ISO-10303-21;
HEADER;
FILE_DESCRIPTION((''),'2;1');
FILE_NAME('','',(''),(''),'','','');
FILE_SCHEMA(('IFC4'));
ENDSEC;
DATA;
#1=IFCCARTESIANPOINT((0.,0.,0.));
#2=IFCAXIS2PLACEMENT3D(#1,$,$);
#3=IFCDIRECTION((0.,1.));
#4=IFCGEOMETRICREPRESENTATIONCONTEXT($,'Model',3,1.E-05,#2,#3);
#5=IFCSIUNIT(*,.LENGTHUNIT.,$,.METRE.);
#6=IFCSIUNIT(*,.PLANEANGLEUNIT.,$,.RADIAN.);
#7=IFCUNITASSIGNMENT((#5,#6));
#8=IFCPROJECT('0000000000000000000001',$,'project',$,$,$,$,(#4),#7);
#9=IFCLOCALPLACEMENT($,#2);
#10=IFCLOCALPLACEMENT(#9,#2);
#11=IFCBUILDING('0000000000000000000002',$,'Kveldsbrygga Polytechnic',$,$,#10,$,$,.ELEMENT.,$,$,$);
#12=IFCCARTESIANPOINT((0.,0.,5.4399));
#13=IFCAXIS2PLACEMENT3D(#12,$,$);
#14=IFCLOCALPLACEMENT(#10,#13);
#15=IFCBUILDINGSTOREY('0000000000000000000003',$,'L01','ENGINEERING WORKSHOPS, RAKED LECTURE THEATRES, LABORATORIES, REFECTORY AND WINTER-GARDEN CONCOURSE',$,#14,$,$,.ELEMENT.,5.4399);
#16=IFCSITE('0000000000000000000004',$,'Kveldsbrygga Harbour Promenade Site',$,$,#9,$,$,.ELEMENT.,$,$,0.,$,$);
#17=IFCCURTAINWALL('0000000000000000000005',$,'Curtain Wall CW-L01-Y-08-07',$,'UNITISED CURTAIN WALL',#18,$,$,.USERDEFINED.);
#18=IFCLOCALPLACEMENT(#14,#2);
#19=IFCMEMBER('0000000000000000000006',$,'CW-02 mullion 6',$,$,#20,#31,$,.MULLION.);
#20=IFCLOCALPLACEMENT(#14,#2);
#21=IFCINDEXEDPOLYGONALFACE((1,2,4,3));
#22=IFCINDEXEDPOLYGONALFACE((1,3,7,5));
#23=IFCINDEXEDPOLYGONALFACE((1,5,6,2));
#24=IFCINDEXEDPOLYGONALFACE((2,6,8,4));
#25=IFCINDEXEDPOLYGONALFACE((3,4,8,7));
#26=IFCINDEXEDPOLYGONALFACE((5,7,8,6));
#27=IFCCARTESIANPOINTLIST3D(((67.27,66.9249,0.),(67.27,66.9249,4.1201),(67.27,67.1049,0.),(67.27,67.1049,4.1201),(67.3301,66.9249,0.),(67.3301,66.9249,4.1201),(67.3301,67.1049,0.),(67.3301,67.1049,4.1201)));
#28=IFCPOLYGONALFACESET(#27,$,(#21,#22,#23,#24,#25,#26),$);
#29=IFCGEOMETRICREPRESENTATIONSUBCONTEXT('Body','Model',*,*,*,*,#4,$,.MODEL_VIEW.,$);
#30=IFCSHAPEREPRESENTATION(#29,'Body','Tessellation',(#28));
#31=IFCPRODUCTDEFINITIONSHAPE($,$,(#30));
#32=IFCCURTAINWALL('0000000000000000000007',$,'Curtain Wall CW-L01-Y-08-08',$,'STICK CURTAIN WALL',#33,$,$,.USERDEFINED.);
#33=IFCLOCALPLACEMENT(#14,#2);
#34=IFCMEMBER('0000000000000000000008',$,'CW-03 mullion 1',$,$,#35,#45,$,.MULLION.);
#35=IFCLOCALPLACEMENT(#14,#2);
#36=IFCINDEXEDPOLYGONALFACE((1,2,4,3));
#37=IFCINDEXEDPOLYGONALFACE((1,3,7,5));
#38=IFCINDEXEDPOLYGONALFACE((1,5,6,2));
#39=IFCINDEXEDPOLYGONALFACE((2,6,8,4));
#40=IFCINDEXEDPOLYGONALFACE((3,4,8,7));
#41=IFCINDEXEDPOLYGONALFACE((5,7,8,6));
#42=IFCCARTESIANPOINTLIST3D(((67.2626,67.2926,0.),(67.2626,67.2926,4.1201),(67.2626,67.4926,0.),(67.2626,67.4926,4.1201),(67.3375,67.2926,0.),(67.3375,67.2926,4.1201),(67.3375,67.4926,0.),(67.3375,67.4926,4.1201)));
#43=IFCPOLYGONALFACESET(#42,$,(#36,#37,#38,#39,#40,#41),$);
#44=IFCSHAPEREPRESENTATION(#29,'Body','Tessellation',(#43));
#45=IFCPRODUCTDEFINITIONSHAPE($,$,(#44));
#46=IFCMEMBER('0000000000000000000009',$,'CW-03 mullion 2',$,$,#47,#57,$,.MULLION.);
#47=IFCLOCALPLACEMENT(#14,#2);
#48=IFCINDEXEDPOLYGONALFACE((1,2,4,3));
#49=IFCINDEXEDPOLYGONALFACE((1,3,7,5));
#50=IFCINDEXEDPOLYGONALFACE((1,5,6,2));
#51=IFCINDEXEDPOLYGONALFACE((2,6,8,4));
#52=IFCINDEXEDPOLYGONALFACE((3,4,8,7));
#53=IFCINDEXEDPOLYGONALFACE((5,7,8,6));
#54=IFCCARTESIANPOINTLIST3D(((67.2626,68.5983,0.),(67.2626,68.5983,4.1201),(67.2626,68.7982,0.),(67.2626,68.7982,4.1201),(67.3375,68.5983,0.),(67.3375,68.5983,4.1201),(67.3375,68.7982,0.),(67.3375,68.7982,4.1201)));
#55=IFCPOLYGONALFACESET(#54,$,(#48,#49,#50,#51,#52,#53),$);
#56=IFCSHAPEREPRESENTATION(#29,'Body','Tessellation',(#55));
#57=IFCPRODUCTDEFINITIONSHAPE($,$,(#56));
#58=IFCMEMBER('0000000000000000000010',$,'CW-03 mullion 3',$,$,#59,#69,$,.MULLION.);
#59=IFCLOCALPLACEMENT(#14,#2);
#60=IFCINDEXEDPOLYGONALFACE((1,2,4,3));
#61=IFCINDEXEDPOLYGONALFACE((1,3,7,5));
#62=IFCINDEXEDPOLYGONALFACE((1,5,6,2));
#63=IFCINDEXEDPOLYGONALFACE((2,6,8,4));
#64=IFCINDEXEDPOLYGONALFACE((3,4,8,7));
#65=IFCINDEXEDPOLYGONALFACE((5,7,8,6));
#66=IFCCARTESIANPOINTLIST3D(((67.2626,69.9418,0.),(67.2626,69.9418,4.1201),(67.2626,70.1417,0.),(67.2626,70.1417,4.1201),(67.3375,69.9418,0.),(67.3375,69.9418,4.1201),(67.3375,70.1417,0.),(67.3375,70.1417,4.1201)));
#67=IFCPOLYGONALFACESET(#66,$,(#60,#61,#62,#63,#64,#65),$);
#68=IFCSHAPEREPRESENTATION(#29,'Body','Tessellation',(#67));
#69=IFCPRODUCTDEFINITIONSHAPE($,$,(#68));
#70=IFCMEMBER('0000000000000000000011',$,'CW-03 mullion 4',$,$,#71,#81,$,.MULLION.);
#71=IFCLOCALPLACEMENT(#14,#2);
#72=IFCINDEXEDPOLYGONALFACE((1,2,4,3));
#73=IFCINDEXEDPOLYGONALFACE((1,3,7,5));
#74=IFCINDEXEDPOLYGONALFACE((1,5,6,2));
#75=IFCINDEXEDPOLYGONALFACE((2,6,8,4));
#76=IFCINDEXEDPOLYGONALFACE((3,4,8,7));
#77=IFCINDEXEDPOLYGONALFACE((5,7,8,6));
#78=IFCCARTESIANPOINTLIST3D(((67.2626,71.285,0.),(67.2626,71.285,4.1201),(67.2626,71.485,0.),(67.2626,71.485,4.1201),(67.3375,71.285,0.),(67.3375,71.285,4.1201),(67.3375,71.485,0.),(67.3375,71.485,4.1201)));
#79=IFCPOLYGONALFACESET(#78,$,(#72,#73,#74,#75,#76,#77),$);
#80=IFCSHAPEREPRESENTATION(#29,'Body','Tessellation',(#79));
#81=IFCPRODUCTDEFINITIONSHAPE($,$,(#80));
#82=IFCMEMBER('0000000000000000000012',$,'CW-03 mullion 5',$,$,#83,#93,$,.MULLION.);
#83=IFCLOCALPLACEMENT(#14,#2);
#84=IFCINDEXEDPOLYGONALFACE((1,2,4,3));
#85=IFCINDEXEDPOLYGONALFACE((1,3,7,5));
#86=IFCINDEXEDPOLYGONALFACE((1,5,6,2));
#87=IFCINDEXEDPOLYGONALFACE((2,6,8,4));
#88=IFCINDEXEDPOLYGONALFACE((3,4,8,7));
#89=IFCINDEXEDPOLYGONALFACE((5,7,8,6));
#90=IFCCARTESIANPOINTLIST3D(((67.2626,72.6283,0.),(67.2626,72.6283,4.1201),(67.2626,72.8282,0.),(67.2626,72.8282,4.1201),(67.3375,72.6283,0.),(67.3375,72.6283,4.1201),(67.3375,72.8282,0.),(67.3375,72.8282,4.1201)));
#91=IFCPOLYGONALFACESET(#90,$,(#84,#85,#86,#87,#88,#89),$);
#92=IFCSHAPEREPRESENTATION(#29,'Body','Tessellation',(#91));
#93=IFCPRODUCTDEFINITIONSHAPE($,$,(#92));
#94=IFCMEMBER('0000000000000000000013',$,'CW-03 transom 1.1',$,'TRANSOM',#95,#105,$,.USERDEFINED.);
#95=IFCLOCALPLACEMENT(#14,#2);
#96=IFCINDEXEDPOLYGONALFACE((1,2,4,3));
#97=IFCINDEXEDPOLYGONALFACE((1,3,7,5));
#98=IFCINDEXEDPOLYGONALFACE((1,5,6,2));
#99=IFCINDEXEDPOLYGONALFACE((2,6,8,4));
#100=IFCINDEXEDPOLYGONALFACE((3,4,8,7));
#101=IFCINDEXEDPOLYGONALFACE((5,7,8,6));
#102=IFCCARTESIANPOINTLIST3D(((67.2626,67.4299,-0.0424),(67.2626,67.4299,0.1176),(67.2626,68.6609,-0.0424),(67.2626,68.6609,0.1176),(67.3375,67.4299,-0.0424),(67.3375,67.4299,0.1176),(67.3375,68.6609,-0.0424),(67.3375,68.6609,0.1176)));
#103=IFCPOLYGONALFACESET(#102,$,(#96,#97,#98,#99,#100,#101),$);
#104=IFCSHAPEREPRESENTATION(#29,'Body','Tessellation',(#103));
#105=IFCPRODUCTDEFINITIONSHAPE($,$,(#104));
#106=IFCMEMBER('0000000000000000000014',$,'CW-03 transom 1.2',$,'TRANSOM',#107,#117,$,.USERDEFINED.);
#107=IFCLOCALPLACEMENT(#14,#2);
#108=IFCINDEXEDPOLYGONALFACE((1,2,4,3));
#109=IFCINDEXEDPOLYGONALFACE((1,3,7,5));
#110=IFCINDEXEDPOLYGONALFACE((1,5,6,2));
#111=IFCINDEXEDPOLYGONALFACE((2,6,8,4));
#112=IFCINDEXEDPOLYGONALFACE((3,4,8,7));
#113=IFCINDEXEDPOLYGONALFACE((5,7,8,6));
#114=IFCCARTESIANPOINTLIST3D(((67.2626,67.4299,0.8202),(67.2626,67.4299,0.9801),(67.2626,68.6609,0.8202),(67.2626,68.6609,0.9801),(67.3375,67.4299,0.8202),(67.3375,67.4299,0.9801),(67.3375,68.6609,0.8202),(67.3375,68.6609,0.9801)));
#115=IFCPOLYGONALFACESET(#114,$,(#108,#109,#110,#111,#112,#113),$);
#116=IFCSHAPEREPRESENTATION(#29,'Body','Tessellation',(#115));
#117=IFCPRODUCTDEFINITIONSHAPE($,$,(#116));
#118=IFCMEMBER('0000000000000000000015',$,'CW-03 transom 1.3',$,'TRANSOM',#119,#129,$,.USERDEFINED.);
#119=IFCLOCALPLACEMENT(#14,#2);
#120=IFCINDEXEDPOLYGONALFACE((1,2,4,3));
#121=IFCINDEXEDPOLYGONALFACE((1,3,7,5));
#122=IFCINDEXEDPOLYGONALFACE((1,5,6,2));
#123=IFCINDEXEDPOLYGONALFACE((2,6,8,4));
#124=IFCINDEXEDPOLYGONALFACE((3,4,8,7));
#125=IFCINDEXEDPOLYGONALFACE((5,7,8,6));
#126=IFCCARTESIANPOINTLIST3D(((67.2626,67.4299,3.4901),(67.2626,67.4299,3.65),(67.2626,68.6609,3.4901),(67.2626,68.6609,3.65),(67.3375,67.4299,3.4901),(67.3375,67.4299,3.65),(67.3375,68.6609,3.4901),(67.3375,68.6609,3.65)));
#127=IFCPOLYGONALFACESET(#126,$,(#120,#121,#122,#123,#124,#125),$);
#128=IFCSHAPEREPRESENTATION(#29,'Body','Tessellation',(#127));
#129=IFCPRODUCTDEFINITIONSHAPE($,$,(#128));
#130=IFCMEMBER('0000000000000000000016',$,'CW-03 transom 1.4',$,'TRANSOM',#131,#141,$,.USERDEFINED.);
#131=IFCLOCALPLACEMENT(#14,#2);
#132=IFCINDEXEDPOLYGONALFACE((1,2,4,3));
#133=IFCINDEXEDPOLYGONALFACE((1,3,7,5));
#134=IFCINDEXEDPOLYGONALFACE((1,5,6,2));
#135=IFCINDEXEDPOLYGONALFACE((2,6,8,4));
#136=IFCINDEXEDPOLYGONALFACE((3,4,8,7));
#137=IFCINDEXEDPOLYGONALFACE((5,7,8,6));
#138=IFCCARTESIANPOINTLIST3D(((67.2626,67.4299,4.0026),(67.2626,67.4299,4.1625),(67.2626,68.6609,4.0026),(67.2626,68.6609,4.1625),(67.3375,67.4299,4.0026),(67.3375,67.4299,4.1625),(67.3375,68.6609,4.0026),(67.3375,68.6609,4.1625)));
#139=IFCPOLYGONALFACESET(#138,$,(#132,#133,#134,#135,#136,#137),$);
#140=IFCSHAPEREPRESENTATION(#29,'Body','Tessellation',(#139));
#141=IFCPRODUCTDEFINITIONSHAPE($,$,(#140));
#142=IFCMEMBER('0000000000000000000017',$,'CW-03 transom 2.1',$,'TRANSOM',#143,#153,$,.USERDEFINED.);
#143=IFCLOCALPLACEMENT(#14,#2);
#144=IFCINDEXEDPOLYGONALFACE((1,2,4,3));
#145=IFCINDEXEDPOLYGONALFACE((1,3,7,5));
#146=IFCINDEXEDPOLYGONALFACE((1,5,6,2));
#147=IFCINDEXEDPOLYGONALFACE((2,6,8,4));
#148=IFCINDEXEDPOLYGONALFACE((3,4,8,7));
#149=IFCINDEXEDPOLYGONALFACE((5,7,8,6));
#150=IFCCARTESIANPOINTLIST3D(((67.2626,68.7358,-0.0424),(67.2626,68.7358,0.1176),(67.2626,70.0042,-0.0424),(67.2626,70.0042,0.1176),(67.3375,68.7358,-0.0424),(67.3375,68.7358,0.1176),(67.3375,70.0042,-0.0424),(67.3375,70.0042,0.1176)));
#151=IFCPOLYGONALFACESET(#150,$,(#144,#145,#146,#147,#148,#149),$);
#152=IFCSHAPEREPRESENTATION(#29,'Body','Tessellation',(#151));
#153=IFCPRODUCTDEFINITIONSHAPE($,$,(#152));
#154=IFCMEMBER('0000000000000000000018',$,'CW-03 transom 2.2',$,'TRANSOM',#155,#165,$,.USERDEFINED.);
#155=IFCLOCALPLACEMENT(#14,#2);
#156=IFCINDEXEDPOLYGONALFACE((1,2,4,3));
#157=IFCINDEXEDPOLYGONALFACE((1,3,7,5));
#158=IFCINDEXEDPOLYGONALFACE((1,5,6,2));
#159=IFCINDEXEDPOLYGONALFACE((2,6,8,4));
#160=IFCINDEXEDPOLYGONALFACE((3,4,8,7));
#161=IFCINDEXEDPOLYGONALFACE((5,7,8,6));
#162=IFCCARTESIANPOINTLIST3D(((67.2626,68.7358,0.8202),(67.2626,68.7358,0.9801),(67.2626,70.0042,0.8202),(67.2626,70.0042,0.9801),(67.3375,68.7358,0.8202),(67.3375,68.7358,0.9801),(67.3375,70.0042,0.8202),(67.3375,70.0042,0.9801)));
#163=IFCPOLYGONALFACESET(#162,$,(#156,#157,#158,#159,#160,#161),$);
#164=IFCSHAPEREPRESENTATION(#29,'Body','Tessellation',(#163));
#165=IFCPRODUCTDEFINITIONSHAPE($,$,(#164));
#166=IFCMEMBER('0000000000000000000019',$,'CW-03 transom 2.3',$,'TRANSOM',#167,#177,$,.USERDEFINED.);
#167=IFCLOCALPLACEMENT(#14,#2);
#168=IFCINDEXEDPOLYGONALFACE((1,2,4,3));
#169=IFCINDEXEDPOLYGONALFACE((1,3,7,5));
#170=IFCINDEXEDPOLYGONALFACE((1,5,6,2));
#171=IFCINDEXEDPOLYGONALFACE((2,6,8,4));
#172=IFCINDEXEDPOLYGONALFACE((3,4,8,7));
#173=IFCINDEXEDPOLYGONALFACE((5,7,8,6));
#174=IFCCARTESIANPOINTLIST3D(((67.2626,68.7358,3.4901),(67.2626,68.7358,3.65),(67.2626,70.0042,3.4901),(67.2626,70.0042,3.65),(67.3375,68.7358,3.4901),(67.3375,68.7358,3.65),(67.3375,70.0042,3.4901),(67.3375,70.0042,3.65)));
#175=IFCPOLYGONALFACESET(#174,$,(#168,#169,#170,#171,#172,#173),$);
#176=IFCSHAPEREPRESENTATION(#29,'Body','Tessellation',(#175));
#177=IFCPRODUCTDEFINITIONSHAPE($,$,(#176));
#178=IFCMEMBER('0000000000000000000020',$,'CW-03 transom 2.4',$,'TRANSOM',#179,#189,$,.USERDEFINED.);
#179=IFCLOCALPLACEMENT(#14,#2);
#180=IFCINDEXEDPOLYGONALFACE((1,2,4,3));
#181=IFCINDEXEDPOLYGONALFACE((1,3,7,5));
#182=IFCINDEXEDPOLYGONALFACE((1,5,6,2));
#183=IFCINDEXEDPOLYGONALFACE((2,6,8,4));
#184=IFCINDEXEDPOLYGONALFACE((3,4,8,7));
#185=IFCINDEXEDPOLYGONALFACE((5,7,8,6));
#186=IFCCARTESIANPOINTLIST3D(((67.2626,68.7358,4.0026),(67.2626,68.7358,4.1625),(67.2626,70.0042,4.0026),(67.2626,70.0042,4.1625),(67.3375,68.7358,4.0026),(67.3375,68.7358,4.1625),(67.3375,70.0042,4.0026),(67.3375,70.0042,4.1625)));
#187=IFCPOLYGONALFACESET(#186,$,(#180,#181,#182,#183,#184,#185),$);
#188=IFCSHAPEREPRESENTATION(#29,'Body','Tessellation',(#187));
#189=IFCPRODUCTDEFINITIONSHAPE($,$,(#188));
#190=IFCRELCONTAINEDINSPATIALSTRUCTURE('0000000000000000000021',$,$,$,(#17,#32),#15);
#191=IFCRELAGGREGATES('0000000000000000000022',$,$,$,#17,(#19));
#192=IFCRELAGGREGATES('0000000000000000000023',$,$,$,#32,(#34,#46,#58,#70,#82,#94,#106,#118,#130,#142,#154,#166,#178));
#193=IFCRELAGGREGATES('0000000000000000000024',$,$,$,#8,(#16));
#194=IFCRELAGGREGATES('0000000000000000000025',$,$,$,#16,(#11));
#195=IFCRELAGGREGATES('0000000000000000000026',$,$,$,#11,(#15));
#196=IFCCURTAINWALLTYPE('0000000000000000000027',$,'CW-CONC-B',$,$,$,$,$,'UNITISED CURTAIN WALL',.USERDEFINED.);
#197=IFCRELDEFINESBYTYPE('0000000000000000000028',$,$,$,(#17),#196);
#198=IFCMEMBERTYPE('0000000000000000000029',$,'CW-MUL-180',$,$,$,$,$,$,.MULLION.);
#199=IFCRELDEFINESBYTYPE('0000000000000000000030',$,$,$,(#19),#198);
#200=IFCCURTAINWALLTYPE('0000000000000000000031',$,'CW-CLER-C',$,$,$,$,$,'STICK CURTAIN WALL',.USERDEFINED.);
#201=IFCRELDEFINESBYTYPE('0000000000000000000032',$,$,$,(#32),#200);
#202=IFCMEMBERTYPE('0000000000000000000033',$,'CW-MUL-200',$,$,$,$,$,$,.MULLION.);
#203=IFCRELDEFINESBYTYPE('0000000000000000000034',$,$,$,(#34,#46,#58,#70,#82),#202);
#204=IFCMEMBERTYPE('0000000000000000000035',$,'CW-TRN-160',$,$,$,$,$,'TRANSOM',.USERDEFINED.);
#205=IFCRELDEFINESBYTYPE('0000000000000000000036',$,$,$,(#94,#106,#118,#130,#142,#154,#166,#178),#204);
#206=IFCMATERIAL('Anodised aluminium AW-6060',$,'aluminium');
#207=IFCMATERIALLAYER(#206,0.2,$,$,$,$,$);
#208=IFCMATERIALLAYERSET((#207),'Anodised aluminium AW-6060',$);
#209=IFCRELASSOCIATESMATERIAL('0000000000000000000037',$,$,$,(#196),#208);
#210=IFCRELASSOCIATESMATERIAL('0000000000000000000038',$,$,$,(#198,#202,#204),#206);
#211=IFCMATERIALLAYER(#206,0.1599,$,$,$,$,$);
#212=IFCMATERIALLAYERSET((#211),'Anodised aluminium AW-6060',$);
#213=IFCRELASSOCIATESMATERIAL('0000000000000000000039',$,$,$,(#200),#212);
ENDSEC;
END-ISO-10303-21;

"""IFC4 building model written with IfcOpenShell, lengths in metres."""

from ifc_helpers import new_model, si_unit, direction, frame, origin, origin_2d, place, context, subcontext, project, spatial, rectangle, extrude, material, layer, layer_set, material_profile, profile_set, type_object, element, aggregate, save


model = new_model("IFC4")

# Units and contexts
model_context = context("Model", 3, precision=1e-05, world=origin(), true_north=direction((0.0, 1.0)))
body_context = subcontext(model_context, "Body", "Model", "MODEL_VIEW")
ifc_project = project(units=[si_unit("LENGTHUNIT", "METRE"), si_unit("PLANEANGLEUNIT", "RADIAN")], contexts=[model_context])

# Site, building, storey
site_placement = place(None, origin())
site = spatial("IfcSite", under=ifc_project, at=site_placement, Name="Kveldsbrygga Harbour Promenade Site", CompositionType="ELEMENT", RefElevation=0.0)
building_placement = place(site_placement, origin())
building = spatial("IfcBuilding", under=site, at=building_placement, Name="Kveldsbrygga Polytechnic", CompositionType="ELEMENT")
storey_placement = place(building_placement, frame((0.0, 0.0, 5.4399)))
storey = spatial("IfcBuildingStorey", under=building, at=storey_placement, Name="L01", Description="ENGINEERING WORKSHOPS, RAKED LECTURE THEATRES, LABORATORIES, REFECTORY AND WINTER-GARDEN CONCOURSE", CompositionType="ELEMENT", Elevation=5.4399)

# Curtain wall, member
ifc_material_1 = material(Name="Anodised aluminium AW-6060", Category="aluminium")
ifc_layer_1 = layer(ifc_material_1, 0.2)
ifc_layer_set_1 = layer_set([ifc_layer_1], Name="Anodised aluminium AW-6060")
curtain_wall_type_1 = type_object("IfcCurtainWallType", Name="CW-CONC-B", ElementType="UNITISED CURTAIN WALL", PredefinedType="USERDEFINED", material=ifc_layer_set_1)
curtain_wall_1_placement = place(storey_placement, origin())
curtain_wall_1 = element("IfcCurtainWall", 1, at=curtain_wall_1_placement, inside=storey, type_object=curtain_wall_type_1, Name="Curtain Wall CW-L01-Y-08-07", ObjectType="UNITISED CURTAIN WALL", PredefinedType="USERDEFINED")
ifc_material_profile_1 = material_profile(ifc_material_1, rectangle(XDim=0.0601, YDim=0.1799, at=origin_2d()), Name="ALU 60x180")
ifc_profile_set_1 = profile_set([ifc_material_profile_1], Name="Anodised aluminium AW-6060")
member_type_1 = type_object("IfcMemberType", Name="CW-MUL-180", PredefinedType="MULLION", material=ifc_profile_set_1)
member_1_placement = place(storey_placement, frame((67.3, 67.0149, 0.0), z_axis=(0.0, 0.0, 1.0), x_axis=(-1.0, 0.0, 0.0)))
member_1 = element("IfcMember", 2, at=member_1_placement, type_object=member_type_1, Name="CW-02 mullion 6", PredefinedType="MULLION", context=body_context, shape_type="SweptSolid", body=[
    extrude(rectangle(XDim=0.0601, YDim=0.1799, at=origin_2d()), origin(), (0.0, 0.0, 1.0), 4.1201),
])

# Curtain wall, members
ifc_layer_2 = layer(ifc_material_1, 0.1599)
ifc_layer_set_2 = layer_set([ifc_layer_2], Name="Anodised aluminium AW-6060")
curtain_wall_type_2 = type_object("IfcCurtainWallType", Name="CW-CLER-C", ElementType="STICK CURTAIN WALL", PredefinedType="USERDEFINED", material=ifc_layer_set_2)
curtain_wall_2_placement = place(storey_placement, origin())
curtain_wall_2 = element("IfcCurtainWall", 3, at=curtain_wall_2_placement, inside=storey, type_object=curtain_wall_type_2, Name="Curtain Wall CW-L01-Y-08-08", ObjectType="STICK CURTAIN WALL", PredefinedType="USERDEFINED")
ifc_material_profile_2 = material_profile(ifc_material_1, rectangle(XDim=0.075, YDim=0.2, at=origin_2d()), Name="ALU 75x200")
ifc_profile_set_2 = profile_set([ifc_material_profile_2], Name="Anodised aluminium AW-6060")
member_type_2 = type_object("IfcMemberType", Name="CW-MUL-200", PredefinedType="MULLION", material=ifc_profile_set_2)
member_2_placement = place(storey_placement, frame((67.3, 67.3926, 0.0), z_axis=(0.0, 0.0, 1.0), x_axis=(-1.0, 0.0, 0.0)))
member_2 = element("IfcMember", 4, at=member_2_placement, type_object=member_type_2, Name="CW-03 mullion 1", PredefinedType="MULLION", context=body_context, shape_type="SweptSolid", body=[
    extrude(rectangle(XDim=0.075, YDim=0.2, at=origin_2d()), origin(), (0.0, 0.0, 1.0), 4.1201),
])
member_3_placement = place(storey_placement, frame((67.3, 68.6982, 0.0), z_axis=(0.0, 0.0, 1.0), x_axis=(-1.0, 0.0, 0.0)))
member_3 = element("IfcMember", 5, at=member_3_placement, type_object=member_type_2, Name="CW-03 mullion 2", PredefinedType="MULLION", context=body_context, shape_type="SweptSolid", body=[
    extrude(rectangle(XDim=0.075, YDim=0.2, at=origin_2d()), origin(), (0.0, 0.0, 1.0), 4.1201),
])
member_4_placement = place(storey_placement, frame((67.3, 70.0417, 0.0), z_axis=(0.0, 0.0, 1.0), x_axis=(-1.0, 0.0, 0.0)))
member_4 = element("IfcMember", 6, at=member_4_placement, type_object=member_type_2, Name="CW-03 mullion 3", PredefinedType="MULLION", context=body_context, shape_type="SweptSolid", body=[
    extrude(rectangle(XDim=0.075, YDim=0.2, at=origin_2d()), origin(), (0.0, 0.0, 1.0), 4.1201),
])
member_5_placement = place(storey_placement, frame((67.3, 71.385, 0.0), z_axis=(0.0, 0.0, 1.0), x_axis=(-1.0, 0.0, 0.0)))
member_5 = element("IfcMember", 7, at=member_5_placement, type_object=member_type_2, Name="CW-03 mullion 4", PredefinedType="MULLION", context=body_context, shape_type="SweptSolid", body=[
    extrude(rectangle(XDim=0.075, YDim=0.2, at=origin_2d()), origin(), (0.0, 0.0, 1.0), 4.1201),
])
member_6_placement = place(storey_placement, frame((67.3, 72.7283, 0.0), z_axis=(0.0, 0.0, 1.0), x_axis=(-1.0, 0.0, 0.0)))
member_6 = element("IfcMember", 8, at=member_6_placement, type_object=member_type_2, Name="CW-03 mullion 5", PredefinedType="MULLION", context=body_context, shape_type="SweptSolid", body=[
    extrude(rectangle(XDim=0.075, YDim=0.2, at=origin_2d()), origin(), (0.0, 0.0, 1.0), 4.1201),
])
ifc_material_profile_3 = material_profile(ifc_material_1, rectangle(XDim=0.075, YDim=0.1599, at=origin_2d()), Name="ALU 75x160")
ifc_profile_set_3 = profile_set([ifc_material_profile_3], Name="Anodised aluminium AW-6060")
member_type_3 = type_object("IfcMemberType", Name="CW-TRN-160", ElementType="TRANSOM", PredefinedType="USERDEFINED", material=ifc_profile_set_3)
member_7_placement = place(storey_placement, frame((67.3, 67.4299, 0.0376), z_axis=(0.0, 1.0, 0.0), x_axis=(-1.0, 0.0, 0.0)))
member_7 = element("IfcMember", 9, at=member_7_placement, type_object=member_type_3, Name="CW-03 transom 1.1", ObjectType="TRANSOM", PredefinedType="USERDEFINED", context=body_context, shape_type="SweptSolid", body=[
    extrude(rectangle(XDim=0.075, YDim=0.1599, at=origin_2d()), origin(), (0.0, 0.0, 1.0), 1.231),
])
member_8_placement = place(storey_placement, frame((67.3, 67.4299, 0.9001), z_axis=(0.0, 1.0, 0.0), x_axis=(-1.0, 0.0, 0.0)))
member_8 = element("IfcMember", 10, at=member_8_placement, type_object=member_type_3, Name="CW-03 transom 1.2", ObjectType="TRANSOM", PredefinedType="USERDEFINED", context=body_context, shape_type="SweptSolid", body=[
    extrude(rectangle(XDim=0.075, YDim=0.1599, at=origin_2d()), origin(), (0.0, 0.0, 1.0), 1.231),
])
member_9_placement = place(storey_placement, frame((67.3, 67.4299, 3.5701), z_axis=(0.0, 1.0, 0.0), x_axis=(-1.0, 0.0, 0.0)))
member_9 = element("IfcMember", 11, at=member_9_placement, type_object=member_type_3, Name="CW-03 transom 1.3", ObjectType="TRANSOM", PredefinedType="USERDEFINED", context=body_context, shape_type="SweptSolid", body=[
    extrude(rectangle(XDim=0.075, YDim=0.1599, at=origin_2d()), origin(), (0.0, 0.0, 1.0), 1.231),
])
member_10_placement = place(storey_placement, frame((67.3, 67.4299, 4.0825), z_axis=(0.0, 1.0, 0.0), x_axis=(-1.0, 0.0, 0.0)))
member_10 = element("IfcMember", 12, at=member_10_placement, type_object=member_type_3, Name="CW-03 transom 1.4", ObjectType="TRANSOM", PredefinedType="USERDEFINED", context=body_context, shape_type="SweptSolid", body=[
    extrude(rectangle(XDim=0.075, YDim=0.1599, at=origin_2d()), origin(), (0.0, 0.0, 1.0), 1.231),
])
member_11_placement = place(storey_placement, frame((67.3, 68.7358, 0.0376), z_axis=(0.0, 1.0, 0.0), x_axis=(-1.0, 0.0, 0.0)))
member_11 = element("IfcMember", 13, at=member_11_placement, type_object=member_type_3, Name="CW-03 transom 2.1", ObjectType="TRANSOM", PredefinedType="USERDEFINED", context=body_context, shape_type="SweptSolid", body=[
    extrude(rectangle(XDim=0.075, YDim=0.1599, at=origin_2d()), origin(), (0.0, 0.0, 1.0), 1.2683),
])
member_12_placement = place(storey_placement, frame((67.3, 68.7358, 0.9001), z_axis=(0.0, 1.0, 0.0), x_axis=(-1.0, 0.0, 0.0)))
member_12 = element("IfcMember", 14, at=member_12_placement, type_object=member_type_3, Name="CW-03 transom 2.2", ObjectType="TRANSOM", PredefinedType="USERDEFINED", context=body_context, shape_type="SweptSolid", body=[
    extrude(rectangle(XDim=0.075, YDim=0.1599, at=origin_2d()), origin(), (0.0, 0.0, 1.0), 1.2683),
])
member_13_placement = place(storey_placement, frame((67.3, 68.7358, 3.5701), z_axis=(0.0, 1.0, 0.0), x_axis=(-1.0, 0.0, 0.0)))
member_13 = element("IfcMember", 15, at=member_13_placement, type_object=member_type_3, Name="CW-03 transom 2.3", ObjectType="TRANSOM", PredefinedType="USERDEFINED", context=body_context, shape_type="SweptSolid", body=[
    extrude(rectangle(XDim=0.075, YDim=0.1599, at=origin_2d()), origin(), (0.0, 0.0, 1.0), 1.2683),
])
member_14_placement = place(storey_placement, frame((67.3, 68.7358, 4.0825), z_axis=(0.0, 1.0, 0.0), x_axis=(-1.0, 0.0, 0.0)))
member_14 = element("IfcMember", 16, at=member_14_placement, type_object=member_type_3, Name="CW-03 transom 2.4", ObjectType="TRANSOM", PredefinedType="USERDEFINED", context=body_context, shape_type="SweptSolid", body=[
    extrude(rectangle(XDim=0.075, YDim=0.1599, at=origin_2d()), origin(), (0.0, 0.0, 1.0), 1.2683),
])

aggregate(curtain_wall_1, [member_1])
aggregate(curtain_wall_2, [member_2, member_3, member_4, member_5, member_6, member_7, member_8, member_9, member_10, member_11, member_12, member_13, member_14])

save(model, "model.ifc")
